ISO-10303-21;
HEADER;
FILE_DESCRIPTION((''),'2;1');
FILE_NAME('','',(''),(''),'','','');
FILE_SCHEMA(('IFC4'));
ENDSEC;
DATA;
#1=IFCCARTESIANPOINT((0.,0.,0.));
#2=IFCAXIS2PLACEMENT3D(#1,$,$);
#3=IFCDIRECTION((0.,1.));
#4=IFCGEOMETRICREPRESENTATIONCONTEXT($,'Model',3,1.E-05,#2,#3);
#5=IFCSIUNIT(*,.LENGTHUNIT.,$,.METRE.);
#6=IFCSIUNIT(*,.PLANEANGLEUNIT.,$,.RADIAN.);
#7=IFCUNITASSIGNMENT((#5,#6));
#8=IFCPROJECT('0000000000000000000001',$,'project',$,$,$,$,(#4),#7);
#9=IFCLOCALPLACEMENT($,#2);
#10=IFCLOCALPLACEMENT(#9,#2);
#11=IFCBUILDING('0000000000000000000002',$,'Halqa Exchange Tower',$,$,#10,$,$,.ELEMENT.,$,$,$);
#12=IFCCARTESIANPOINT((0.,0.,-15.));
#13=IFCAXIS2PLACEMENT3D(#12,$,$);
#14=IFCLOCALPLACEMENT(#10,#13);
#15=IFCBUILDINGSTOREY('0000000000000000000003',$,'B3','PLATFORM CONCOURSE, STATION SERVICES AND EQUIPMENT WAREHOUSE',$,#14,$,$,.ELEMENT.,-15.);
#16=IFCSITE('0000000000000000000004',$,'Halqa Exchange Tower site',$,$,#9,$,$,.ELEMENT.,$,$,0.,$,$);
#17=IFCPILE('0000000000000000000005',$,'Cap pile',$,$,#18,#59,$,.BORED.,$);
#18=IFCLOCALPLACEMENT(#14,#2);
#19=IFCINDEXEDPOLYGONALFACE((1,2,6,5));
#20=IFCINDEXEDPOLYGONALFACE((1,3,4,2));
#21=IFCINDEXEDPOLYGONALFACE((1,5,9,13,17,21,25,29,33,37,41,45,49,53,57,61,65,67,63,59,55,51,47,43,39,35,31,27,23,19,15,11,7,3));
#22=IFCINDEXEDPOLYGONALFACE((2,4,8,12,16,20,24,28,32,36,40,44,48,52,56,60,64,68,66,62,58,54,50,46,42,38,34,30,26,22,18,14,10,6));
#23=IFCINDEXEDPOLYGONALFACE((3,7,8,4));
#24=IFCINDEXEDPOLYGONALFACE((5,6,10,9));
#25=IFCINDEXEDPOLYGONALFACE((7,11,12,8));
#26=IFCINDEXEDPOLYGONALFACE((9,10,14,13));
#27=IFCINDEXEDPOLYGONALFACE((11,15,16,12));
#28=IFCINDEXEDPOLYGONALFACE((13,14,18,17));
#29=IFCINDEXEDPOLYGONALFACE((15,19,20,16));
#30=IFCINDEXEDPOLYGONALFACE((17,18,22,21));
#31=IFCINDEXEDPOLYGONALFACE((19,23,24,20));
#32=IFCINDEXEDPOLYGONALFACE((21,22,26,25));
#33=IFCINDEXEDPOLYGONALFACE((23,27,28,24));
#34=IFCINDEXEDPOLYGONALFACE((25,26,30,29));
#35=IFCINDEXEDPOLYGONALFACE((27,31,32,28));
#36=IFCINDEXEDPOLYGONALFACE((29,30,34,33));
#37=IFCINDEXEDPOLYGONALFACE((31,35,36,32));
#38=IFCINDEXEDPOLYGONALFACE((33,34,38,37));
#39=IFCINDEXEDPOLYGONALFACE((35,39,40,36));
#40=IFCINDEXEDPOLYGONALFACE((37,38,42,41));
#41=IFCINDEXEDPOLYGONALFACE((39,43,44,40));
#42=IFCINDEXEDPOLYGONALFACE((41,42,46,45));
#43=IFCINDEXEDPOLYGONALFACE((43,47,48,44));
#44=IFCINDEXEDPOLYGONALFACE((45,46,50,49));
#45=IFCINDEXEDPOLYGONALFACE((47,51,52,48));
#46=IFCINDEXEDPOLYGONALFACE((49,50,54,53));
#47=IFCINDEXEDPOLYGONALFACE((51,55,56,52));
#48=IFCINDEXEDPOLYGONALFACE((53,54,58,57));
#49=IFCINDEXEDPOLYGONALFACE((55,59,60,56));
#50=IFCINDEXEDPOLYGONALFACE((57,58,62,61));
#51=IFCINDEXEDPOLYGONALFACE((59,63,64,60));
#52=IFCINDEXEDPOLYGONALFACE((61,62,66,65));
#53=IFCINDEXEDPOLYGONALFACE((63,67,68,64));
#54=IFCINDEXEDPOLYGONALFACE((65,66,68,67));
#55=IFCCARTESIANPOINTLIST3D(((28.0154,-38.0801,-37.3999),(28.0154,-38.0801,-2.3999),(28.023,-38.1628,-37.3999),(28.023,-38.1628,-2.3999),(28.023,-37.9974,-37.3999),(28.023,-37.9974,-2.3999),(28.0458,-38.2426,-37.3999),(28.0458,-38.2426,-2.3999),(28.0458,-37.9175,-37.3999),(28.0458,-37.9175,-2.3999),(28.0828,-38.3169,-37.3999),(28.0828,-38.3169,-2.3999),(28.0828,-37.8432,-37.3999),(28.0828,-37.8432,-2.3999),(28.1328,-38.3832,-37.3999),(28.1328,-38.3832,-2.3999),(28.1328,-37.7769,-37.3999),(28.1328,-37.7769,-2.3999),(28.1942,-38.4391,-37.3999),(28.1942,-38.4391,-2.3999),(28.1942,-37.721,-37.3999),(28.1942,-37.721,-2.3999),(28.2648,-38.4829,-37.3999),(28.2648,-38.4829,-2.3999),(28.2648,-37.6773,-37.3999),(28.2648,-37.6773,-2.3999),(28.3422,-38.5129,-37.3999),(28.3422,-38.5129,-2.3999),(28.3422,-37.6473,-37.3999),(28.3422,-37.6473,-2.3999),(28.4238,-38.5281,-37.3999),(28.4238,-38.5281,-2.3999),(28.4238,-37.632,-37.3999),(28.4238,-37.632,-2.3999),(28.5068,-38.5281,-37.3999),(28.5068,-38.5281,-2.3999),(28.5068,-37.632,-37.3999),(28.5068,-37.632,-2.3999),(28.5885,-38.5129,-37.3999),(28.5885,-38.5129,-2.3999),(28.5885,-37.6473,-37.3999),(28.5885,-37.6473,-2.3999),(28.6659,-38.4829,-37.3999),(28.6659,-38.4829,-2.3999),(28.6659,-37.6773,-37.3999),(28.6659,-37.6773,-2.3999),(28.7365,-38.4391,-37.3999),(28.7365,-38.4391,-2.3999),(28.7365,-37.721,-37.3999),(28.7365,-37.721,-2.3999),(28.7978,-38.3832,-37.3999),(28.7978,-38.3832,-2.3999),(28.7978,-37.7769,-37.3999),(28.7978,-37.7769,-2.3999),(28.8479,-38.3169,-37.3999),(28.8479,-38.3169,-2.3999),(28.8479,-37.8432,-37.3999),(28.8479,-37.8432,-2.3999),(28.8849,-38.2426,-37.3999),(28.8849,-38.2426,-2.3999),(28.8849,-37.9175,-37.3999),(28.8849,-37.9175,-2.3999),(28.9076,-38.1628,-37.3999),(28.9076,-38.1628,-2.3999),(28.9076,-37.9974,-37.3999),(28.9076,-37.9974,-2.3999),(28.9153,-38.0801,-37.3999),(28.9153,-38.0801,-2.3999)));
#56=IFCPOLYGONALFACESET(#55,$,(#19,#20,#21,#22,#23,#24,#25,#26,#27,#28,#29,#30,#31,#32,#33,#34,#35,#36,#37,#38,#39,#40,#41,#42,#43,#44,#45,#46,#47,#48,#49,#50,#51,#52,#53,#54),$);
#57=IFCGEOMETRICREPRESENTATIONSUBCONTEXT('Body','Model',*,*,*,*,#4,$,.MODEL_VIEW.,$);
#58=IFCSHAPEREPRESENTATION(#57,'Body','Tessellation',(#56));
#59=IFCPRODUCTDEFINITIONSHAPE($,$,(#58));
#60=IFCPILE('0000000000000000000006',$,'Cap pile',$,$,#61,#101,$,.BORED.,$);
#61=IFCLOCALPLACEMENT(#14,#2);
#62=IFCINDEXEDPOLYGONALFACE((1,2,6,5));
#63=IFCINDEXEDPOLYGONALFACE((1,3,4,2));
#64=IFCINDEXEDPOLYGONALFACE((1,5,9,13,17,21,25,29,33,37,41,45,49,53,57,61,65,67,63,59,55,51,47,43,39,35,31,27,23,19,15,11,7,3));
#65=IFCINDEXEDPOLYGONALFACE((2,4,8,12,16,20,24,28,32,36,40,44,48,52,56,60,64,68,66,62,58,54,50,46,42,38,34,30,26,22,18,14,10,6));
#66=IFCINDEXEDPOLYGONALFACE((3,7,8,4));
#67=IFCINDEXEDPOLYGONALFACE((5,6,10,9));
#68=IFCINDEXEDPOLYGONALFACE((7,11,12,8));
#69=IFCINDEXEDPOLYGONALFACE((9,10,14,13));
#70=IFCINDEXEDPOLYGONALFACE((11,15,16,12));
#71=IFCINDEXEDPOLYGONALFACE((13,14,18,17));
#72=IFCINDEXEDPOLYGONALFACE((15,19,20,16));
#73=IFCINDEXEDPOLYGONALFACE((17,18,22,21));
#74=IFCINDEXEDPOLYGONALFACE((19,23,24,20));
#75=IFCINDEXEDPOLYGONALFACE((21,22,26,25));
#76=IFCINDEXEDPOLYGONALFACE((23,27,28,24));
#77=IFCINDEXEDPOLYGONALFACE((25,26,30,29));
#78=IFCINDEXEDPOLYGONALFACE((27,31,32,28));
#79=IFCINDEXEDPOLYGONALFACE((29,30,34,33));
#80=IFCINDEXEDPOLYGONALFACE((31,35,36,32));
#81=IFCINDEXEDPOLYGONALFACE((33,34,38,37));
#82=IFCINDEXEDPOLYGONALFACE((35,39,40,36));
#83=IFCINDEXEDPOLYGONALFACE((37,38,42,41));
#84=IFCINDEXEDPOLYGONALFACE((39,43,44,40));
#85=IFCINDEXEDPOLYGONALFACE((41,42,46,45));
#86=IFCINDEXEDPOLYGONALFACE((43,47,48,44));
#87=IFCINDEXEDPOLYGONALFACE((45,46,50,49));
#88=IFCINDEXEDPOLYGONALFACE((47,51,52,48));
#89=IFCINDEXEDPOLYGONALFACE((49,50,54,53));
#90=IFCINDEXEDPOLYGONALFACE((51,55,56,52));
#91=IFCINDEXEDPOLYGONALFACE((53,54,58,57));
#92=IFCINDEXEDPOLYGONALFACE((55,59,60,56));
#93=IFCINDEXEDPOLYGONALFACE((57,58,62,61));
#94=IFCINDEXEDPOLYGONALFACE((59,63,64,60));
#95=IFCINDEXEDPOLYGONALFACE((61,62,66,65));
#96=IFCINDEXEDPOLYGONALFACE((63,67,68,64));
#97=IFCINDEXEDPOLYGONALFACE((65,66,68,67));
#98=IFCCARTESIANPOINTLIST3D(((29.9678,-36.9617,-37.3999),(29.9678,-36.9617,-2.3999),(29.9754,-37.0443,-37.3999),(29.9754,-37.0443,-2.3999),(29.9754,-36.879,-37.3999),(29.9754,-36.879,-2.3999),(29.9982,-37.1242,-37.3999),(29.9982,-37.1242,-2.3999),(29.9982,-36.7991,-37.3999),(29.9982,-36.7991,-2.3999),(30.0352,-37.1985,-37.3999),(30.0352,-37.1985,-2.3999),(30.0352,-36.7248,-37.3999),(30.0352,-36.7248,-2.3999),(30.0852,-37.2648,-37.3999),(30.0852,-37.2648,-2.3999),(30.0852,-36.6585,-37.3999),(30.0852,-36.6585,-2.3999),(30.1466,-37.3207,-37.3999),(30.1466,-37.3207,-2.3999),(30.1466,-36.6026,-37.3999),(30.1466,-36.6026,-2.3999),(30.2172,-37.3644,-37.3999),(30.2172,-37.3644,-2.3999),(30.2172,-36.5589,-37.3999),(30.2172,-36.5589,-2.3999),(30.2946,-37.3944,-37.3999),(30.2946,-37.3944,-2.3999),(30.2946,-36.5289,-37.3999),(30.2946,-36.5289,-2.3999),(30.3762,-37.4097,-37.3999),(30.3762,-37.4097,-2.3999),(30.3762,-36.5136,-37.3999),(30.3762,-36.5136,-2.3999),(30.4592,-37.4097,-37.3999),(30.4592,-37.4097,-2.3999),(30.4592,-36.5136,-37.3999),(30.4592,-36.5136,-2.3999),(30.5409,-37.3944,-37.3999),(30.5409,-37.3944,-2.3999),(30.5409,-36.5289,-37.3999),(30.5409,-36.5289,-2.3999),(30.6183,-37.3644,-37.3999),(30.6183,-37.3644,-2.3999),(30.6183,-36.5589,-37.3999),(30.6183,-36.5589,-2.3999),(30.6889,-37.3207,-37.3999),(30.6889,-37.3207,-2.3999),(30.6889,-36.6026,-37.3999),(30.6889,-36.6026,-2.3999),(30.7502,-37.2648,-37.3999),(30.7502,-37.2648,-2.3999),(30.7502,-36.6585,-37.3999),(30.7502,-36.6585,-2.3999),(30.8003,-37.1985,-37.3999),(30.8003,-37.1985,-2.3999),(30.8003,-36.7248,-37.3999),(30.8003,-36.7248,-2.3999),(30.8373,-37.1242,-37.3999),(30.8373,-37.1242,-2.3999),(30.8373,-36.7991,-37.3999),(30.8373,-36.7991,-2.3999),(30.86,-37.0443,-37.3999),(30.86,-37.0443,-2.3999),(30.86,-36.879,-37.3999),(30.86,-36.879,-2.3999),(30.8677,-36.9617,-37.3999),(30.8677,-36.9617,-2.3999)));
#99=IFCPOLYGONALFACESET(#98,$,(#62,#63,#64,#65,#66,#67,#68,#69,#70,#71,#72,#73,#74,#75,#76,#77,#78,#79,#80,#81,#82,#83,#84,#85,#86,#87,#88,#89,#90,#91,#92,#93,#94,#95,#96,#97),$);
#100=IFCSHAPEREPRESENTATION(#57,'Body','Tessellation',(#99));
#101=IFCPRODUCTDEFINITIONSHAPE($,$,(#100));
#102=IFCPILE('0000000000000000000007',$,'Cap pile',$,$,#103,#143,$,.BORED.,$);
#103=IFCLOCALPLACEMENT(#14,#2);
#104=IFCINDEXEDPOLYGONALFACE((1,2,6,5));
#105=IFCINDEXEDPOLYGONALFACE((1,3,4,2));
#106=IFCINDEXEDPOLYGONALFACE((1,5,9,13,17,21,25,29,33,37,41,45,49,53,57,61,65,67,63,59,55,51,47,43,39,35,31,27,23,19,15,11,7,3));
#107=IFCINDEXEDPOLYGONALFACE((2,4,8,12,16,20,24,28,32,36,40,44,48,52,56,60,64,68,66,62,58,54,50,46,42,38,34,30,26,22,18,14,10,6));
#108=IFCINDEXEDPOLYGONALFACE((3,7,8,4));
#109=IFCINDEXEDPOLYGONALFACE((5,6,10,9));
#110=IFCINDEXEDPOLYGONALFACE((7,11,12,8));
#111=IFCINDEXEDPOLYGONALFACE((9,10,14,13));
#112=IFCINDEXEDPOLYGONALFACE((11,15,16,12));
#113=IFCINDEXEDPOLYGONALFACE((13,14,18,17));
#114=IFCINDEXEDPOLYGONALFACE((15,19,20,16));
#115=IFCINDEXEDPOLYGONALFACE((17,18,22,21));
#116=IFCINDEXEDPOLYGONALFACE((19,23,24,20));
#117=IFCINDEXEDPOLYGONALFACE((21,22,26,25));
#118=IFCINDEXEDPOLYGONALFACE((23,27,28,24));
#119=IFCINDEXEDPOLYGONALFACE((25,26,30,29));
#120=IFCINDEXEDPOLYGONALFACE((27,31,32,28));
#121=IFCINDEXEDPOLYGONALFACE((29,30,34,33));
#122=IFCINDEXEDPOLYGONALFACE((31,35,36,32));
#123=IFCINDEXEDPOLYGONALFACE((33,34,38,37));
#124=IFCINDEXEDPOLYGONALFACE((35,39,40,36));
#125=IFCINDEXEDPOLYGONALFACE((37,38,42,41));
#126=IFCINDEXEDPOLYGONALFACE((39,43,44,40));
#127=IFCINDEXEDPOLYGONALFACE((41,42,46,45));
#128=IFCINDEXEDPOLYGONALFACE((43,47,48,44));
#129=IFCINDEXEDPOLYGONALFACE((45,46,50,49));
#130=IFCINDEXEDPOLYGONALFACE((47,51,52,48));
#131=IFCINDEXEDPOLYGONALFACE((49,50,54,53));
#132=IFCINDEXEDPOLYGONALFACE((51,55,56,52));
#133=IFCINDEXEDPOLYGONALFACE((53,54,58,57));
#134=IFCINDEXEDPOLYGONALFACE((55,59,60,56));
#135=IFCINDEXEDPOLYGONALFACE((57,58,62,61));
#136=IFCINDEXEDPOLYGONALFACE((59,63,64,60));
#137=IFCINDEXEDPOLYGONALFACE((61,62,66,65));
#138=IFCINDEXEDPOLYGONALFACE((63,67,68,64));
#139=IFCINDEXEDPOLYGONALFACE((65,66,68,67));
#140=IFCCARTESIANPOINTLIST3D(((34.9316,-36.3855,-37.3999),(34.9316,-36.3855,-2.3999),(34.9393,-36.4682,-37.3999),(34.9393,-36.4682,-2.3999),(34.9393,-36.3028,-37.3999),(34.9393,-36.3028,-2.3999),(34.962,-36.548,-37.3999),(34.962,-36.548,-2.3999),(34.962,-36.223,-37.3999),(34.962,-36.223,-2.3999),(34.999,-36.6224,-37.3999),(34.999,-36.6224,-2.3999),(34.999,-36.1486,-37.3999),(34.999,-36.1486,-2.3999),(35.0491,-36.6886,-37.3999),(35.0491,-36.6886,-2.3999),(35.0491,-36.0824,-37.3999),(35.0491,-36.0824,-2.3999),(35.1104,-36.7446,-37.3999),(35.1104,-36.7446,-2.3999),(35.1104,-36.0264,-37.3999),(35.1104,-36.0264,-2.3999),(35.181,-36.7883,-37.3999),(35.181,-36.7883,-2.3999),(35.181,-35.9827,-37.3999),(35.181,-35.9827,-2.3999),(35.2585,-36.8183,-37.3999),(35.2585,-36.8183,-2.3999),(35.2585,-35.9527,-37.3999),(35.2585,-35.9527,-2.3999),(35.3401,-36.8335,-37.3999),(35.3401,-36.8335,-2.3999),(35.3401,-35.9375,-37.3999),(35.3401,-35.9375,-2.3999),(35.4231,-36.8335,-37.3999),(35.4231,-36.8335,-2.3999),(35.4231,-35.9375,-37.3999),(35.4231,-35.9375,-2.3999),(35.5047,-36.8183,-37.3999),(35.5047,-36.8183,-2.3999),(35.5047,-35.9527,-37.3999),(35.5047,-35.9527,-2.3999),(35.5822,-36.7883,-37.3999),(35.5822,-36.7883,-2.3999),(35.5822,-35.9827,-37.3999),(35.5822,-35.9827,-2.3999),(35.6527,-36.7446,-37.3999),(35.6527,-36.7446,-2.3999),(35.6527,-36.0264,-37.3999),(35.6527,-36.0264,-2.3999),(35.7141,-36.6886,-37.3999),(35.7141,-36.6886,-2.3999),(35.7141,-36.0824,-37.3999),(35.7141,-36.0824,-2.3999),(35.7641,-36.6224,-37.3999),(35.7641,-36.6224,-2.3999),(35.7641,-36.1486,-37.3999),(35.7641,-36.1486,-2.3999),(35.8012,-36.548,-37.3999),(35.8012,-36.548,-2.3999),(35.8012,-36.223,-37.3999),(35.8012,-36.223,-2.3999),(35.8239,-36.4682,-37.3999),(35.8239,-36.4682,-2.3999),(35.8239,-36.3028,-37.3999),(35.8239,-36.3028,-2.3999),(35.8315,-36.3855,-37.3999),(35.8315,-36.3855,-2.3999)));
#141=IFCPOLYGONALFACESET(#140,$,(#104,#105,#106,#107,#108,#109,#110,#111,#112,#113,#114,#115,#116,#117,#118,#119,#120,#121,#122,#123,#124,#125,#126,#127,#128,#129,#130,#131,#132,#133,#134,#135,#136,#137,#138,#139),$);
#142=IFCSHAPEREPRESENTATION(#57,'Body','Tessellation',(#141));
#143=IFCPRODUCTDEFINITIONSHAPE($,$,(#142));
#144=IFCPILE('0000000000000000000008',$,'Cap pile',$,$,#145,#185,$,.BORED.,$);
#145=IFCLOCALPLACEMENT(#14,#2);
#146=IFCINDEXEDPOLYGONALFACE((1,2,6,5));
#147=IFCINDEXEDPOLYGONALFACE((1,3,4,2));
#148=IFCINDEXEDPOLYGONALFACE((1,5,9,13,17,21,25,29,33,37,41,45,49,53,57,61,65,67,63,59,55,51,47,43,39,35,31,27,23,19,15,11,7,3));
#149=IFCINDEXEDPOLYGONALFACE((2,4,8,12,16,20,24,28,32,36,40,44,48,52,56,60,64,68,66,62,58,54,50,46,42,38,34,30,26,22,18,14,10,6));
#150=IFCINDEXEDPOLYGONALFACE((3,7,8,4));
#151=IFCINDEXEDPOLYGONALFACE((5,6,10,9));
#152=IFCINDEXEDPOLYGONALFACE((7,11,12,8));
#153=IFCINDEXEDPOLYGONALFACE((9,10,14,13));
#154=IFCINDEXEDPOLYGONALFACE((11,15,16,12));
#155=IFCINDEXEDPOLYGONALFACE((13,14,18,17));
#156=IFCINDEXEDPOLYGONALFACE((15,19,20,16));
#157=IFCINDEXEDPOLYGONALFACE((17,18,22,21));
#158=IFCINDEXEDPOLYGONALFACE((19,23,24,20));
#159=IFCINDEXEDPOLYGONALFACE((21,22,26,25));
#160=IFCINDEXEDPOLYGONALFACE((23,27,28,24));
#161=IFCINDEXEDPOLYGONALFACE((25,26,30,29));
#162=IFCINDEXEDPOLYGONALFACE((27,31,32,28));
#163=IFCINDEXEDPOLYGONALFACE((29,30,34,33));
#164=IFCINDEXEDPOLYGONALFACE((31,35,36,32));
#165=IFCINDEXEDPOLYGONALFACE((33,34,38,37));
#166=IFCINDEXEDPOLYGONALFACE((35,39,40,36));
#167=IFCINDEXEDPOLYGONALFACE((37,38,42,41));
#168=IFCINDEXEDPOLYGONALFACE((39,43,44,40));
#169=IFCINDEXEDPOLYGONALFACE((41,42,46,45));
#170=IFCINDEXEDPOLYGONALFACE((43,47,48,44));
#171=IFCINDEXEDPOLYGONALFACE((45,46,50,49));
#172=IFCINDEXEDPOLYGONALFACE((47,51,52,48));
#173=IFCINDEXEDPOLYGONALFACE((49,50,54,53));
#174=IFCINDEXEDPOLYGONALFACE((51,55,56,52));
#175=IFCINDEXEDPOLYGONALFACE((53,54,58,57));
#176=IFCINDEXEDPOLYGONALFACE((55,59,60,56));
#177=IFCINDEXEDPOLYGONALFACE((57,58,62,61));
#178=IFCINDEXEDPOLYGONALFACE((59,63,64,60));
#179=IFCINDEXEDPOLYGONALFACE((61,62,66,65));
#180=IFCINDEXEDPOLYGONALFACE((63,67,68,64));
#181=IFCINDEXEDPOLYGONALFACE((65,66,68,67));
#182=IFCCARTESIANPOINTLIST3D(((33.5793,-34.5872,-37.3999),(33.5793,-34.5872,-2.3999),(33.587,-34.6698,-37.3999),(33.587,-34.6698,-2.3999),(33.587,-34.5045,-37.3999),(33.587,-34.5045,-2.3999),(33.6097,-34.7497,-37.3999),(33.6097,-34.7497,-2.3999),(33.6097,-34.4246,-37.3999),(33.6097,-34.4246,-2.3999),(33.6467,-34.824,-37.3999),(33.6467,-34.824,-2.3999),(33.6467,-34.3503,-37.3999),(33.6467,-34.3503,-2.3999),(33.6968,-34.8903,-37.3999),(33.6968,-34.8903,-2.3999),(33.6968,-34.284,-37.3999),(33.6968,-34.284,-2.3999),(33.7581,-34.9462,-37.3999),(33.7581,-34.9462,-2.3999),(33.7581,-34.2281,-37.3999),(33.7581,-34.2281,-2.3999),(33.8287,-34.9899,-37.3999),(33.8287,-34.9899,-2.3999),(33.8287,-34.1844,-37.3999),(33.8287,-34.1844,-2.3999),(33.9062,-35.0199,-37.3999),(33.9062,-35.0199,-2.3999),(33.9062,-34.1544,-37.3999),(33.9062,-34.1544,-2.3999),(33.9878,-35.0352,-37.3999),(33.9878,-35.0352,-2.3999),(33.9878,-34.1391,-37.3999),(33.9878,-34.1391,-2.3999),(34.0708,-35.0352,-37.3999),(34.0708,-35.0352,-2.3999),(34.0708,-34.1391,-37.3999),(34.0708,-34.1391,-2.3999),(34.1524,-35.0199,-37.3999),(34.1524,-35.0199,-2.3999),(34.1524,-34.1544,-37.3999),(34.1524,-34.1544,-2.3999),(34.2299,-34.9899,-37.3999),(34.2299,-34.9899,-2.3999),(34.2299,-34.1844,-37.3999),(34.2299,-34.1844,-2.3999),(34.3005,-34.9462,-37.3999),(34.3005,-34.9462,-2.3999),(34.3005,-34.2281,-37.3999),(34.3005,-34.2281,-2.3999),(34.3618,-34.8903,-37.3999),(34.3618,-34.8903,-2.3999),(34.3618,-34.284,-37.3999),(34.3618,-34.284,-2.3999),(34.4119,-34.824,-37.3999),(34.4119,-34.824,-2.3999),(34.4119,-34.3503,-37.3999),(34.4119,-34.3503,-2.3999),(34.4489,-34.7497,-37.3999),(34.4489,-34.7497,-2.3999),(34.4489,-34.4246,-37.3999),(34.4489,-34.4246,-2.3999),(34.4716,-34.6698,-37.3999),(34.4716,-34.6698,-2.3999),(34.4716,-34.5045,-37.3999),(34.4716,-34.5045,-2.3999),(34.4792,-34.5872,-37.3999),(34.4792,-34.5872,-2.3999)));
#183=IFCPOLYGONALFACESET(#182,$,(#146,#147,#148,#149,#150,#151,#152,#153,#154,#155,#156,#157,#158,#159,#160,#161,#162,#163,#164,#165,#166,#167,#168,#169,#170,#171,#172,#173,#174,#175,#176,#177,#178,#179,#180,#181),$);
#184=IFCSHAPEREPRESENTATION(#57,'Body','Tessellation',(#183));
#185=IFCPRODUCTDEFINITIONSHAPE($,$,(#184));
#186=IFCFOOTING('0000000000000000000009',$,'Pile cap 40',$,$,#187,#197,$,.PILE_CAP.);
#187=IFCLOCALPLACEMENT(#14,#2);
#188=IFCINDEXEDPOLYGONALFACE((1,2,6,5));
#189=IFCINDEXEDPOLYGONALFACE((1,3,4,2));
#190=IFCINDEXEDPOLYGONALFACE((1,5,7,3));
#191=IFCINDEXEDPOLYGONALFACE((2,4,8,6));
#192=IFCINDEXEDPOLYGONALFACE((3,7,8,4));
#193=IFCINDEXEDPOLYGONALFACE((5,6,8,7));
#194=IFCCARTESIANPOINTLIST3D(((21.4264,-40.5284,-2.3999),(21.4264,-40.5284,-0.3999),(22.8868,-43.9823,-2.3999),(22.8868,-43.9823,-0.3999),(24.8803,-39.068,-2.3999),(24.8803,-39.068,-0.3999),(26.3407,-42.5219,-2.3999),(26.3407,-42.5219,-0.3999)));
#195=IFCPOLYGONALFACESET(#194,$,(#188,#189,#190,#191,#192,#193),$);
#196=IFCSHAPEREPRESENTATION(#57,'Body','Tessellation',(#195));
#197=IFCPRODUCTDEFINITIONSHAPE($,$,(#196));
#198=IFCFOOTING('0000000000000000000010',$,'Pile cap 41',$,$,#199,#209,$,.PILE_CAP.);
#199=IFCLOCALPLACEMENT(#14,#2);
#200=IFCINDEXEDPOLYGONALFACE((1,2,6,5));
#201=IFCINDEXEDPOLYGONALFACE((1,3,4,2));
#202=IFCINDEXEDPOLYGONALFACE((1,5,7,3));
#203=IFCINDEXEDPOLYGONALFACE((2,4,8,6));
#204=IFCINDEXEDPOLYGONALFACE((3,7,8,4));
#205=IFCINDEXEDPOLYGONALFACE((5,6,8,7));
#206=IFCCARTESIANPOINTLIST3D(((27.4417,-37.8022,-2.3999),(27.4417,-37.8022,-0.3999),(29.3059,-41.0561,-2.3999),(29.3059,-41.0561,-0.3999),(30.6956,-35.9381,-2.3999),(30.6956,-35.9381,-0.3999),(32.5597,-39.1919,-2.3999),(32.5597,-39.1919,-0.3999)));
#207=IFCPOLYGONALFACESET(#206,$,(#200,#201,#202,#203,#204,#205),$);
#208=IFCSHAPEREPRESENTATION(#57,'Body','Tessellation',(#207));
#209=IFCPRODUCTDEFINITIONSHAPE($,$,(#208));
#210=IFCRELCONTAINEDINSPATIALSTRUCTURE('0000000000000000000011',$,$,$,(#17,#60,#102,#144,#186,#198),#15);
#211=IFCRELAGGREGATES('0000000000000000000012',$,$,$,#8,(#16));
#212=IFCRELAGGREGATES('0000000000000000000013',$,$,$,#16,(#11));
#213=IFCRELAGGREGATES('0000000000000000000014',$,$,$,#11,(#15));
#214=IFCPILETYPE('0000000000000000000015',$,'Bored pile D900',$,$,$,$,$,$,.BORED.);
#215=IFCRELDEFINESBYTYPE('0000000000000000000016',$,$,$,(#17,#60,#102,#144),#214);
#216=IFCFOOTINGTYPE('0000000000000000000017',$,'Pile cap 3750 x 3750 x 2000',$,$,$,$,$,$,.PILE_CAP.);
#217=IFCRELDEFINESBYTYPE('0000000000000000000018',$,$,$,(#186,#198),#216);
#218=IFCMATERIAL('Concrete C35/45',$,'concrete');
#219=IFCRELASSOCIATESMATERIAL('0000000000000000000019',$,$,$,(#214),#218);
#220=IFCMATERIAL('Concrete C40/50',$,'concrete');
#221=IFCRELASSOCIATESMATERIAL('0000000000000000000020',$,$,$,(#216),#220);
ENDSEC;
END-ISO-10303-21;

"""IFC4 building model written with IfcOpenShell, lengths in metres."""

from ifc_helpers import new_model, si_unit, direction, frame, origin, origin_2d, place, context, subcontext, project, spatial, rectangle, circle, extrude, material, material_profile, profile_set, type_object, element, save


model = new_model("IFC4")

# Units and contexts
model_context = context("Model", 3, precision=1e-05, world=origin(), true_north=direction((0.0, 1.0)))
body_context = subcontext(model_context, "Body", "Model", "MODEL_VIEW")
ifc_project = project(units=[si_unit("LENGTHUNIT", "METRE"), si_unit("PLANEANGLEUNIT", "RADIAN")], contexts=[model_context])

# Site, building, storey
site_placement = place(None, origin())
site = spatial("IfcSite", under=ifc_project, at=site_placement, Name="Halqa Exchange Tower site", CompositionType="ELEMENT", RefElevation=0.0)
building_placement = place(site_placement, origin())
building = spatial("IfcBuilding", under=site, at=building_placement, Name="Halqa Exchange Tower", CompositionType="ELEMENT")
storey_placement = place(building_placement, frame((0.0, 0.0, -15.0)))
storey = spatial("IfcBuildingStorey", under=building, at=storey_placement, Name="B3", Description="PLATFORM CONCOURSE, STATION SERVICES AND EQUIPMENT WAREHOUSE", CompositionType="ELEMENT", Elevation=-15.0)

# Piles
ifc_material_1 = material(Name="Concrete C35/45", Category="concrete")
ifc_material_profile_1 = material_profile(ifc_material_1, circle(Radius=0.45, at=origin_2d()), Name="D900")
ifc_profile_set_1 = profile_set([ifc_material_profile_1], Name="Concrete C35/45")
pile_type_1 = type_object("IfcPileType", Name="Bored pile D900", PredefinedType="BORED", material=ifc_profile_set_1)
for number, where, z_axis, x_axis, name in (
    (1, (28.4653, -38.0801, -2.3999), (0.0, 0.0, -1.0), (1.0, 0.0, 0.0), "Cap pile"),
    (2, (30.4177, -36.9617, -2.3999), (0.0, 0.0, -1.0), (1.0, 0.0, 0.0), "Cap pile"),
    (3, (35.3816, -36.3855, -2.3999), (0.0, 0.0, -1.0), (1.0, 0.0, 0.0), "Cap pile"),
    (4, (34.0293, -34.5872, -2.3999), (0.0, 0.0, -1.0), (1.0, 0.0, 0.0), "Cap pile"),
):
    element("IfcPile", number, at=place(storey_placement, frame(where, z_axis=z_axis, x_axis=x_axis)), inside=storey, type_object=pile_type_1, Name=name, PredefinedType="BORED", context=body_context, shape_type="SweptSolid", body=[
        extrude(circle(Radius=0.45, at=origin_2d()), origin(), (0.0, 0.0, 1.0), 35.0),
    ])

# Footings
ifc_material_2 = material(Name="Concrete C40/50", Category="concrete")
footing_type = type_object("IfcFootingType", Name="Pile cap 3750 x 3750 x 2000", PredefinedType="PILE_CAP", material=ifc_material_2)
for number, where, z_axis, x_axis, name in (
    (5, (23.8835, -41.5251, -2.3999), (0.0, 0.0, 1.0), (0.921048, 0.389449, 0.0), "Pile cap 40"),
    (6, (30.0007, -38.4971, -2.3999), (0.0, 0.0, 1.0), (0.867693, 0.4971, 0.0), "Pile cap 41"),
):
    element("IfcFooting", number, at=place(storey_placement, frame(where, z_axis=z_axis, x_axis=x_axis)), inside=storey, type_object=footing_type, Name=name, PredefinedType="PILE_CAP", context=body_context, shape_type="SweptSolid", body=[
        extrude(rectangle(XDim=3.75, YDim=3.75, at=origin_2d()), origin(), (0.0, 0.0, 1.0), 2.0),
    ])

save(model, "model.ifc")
